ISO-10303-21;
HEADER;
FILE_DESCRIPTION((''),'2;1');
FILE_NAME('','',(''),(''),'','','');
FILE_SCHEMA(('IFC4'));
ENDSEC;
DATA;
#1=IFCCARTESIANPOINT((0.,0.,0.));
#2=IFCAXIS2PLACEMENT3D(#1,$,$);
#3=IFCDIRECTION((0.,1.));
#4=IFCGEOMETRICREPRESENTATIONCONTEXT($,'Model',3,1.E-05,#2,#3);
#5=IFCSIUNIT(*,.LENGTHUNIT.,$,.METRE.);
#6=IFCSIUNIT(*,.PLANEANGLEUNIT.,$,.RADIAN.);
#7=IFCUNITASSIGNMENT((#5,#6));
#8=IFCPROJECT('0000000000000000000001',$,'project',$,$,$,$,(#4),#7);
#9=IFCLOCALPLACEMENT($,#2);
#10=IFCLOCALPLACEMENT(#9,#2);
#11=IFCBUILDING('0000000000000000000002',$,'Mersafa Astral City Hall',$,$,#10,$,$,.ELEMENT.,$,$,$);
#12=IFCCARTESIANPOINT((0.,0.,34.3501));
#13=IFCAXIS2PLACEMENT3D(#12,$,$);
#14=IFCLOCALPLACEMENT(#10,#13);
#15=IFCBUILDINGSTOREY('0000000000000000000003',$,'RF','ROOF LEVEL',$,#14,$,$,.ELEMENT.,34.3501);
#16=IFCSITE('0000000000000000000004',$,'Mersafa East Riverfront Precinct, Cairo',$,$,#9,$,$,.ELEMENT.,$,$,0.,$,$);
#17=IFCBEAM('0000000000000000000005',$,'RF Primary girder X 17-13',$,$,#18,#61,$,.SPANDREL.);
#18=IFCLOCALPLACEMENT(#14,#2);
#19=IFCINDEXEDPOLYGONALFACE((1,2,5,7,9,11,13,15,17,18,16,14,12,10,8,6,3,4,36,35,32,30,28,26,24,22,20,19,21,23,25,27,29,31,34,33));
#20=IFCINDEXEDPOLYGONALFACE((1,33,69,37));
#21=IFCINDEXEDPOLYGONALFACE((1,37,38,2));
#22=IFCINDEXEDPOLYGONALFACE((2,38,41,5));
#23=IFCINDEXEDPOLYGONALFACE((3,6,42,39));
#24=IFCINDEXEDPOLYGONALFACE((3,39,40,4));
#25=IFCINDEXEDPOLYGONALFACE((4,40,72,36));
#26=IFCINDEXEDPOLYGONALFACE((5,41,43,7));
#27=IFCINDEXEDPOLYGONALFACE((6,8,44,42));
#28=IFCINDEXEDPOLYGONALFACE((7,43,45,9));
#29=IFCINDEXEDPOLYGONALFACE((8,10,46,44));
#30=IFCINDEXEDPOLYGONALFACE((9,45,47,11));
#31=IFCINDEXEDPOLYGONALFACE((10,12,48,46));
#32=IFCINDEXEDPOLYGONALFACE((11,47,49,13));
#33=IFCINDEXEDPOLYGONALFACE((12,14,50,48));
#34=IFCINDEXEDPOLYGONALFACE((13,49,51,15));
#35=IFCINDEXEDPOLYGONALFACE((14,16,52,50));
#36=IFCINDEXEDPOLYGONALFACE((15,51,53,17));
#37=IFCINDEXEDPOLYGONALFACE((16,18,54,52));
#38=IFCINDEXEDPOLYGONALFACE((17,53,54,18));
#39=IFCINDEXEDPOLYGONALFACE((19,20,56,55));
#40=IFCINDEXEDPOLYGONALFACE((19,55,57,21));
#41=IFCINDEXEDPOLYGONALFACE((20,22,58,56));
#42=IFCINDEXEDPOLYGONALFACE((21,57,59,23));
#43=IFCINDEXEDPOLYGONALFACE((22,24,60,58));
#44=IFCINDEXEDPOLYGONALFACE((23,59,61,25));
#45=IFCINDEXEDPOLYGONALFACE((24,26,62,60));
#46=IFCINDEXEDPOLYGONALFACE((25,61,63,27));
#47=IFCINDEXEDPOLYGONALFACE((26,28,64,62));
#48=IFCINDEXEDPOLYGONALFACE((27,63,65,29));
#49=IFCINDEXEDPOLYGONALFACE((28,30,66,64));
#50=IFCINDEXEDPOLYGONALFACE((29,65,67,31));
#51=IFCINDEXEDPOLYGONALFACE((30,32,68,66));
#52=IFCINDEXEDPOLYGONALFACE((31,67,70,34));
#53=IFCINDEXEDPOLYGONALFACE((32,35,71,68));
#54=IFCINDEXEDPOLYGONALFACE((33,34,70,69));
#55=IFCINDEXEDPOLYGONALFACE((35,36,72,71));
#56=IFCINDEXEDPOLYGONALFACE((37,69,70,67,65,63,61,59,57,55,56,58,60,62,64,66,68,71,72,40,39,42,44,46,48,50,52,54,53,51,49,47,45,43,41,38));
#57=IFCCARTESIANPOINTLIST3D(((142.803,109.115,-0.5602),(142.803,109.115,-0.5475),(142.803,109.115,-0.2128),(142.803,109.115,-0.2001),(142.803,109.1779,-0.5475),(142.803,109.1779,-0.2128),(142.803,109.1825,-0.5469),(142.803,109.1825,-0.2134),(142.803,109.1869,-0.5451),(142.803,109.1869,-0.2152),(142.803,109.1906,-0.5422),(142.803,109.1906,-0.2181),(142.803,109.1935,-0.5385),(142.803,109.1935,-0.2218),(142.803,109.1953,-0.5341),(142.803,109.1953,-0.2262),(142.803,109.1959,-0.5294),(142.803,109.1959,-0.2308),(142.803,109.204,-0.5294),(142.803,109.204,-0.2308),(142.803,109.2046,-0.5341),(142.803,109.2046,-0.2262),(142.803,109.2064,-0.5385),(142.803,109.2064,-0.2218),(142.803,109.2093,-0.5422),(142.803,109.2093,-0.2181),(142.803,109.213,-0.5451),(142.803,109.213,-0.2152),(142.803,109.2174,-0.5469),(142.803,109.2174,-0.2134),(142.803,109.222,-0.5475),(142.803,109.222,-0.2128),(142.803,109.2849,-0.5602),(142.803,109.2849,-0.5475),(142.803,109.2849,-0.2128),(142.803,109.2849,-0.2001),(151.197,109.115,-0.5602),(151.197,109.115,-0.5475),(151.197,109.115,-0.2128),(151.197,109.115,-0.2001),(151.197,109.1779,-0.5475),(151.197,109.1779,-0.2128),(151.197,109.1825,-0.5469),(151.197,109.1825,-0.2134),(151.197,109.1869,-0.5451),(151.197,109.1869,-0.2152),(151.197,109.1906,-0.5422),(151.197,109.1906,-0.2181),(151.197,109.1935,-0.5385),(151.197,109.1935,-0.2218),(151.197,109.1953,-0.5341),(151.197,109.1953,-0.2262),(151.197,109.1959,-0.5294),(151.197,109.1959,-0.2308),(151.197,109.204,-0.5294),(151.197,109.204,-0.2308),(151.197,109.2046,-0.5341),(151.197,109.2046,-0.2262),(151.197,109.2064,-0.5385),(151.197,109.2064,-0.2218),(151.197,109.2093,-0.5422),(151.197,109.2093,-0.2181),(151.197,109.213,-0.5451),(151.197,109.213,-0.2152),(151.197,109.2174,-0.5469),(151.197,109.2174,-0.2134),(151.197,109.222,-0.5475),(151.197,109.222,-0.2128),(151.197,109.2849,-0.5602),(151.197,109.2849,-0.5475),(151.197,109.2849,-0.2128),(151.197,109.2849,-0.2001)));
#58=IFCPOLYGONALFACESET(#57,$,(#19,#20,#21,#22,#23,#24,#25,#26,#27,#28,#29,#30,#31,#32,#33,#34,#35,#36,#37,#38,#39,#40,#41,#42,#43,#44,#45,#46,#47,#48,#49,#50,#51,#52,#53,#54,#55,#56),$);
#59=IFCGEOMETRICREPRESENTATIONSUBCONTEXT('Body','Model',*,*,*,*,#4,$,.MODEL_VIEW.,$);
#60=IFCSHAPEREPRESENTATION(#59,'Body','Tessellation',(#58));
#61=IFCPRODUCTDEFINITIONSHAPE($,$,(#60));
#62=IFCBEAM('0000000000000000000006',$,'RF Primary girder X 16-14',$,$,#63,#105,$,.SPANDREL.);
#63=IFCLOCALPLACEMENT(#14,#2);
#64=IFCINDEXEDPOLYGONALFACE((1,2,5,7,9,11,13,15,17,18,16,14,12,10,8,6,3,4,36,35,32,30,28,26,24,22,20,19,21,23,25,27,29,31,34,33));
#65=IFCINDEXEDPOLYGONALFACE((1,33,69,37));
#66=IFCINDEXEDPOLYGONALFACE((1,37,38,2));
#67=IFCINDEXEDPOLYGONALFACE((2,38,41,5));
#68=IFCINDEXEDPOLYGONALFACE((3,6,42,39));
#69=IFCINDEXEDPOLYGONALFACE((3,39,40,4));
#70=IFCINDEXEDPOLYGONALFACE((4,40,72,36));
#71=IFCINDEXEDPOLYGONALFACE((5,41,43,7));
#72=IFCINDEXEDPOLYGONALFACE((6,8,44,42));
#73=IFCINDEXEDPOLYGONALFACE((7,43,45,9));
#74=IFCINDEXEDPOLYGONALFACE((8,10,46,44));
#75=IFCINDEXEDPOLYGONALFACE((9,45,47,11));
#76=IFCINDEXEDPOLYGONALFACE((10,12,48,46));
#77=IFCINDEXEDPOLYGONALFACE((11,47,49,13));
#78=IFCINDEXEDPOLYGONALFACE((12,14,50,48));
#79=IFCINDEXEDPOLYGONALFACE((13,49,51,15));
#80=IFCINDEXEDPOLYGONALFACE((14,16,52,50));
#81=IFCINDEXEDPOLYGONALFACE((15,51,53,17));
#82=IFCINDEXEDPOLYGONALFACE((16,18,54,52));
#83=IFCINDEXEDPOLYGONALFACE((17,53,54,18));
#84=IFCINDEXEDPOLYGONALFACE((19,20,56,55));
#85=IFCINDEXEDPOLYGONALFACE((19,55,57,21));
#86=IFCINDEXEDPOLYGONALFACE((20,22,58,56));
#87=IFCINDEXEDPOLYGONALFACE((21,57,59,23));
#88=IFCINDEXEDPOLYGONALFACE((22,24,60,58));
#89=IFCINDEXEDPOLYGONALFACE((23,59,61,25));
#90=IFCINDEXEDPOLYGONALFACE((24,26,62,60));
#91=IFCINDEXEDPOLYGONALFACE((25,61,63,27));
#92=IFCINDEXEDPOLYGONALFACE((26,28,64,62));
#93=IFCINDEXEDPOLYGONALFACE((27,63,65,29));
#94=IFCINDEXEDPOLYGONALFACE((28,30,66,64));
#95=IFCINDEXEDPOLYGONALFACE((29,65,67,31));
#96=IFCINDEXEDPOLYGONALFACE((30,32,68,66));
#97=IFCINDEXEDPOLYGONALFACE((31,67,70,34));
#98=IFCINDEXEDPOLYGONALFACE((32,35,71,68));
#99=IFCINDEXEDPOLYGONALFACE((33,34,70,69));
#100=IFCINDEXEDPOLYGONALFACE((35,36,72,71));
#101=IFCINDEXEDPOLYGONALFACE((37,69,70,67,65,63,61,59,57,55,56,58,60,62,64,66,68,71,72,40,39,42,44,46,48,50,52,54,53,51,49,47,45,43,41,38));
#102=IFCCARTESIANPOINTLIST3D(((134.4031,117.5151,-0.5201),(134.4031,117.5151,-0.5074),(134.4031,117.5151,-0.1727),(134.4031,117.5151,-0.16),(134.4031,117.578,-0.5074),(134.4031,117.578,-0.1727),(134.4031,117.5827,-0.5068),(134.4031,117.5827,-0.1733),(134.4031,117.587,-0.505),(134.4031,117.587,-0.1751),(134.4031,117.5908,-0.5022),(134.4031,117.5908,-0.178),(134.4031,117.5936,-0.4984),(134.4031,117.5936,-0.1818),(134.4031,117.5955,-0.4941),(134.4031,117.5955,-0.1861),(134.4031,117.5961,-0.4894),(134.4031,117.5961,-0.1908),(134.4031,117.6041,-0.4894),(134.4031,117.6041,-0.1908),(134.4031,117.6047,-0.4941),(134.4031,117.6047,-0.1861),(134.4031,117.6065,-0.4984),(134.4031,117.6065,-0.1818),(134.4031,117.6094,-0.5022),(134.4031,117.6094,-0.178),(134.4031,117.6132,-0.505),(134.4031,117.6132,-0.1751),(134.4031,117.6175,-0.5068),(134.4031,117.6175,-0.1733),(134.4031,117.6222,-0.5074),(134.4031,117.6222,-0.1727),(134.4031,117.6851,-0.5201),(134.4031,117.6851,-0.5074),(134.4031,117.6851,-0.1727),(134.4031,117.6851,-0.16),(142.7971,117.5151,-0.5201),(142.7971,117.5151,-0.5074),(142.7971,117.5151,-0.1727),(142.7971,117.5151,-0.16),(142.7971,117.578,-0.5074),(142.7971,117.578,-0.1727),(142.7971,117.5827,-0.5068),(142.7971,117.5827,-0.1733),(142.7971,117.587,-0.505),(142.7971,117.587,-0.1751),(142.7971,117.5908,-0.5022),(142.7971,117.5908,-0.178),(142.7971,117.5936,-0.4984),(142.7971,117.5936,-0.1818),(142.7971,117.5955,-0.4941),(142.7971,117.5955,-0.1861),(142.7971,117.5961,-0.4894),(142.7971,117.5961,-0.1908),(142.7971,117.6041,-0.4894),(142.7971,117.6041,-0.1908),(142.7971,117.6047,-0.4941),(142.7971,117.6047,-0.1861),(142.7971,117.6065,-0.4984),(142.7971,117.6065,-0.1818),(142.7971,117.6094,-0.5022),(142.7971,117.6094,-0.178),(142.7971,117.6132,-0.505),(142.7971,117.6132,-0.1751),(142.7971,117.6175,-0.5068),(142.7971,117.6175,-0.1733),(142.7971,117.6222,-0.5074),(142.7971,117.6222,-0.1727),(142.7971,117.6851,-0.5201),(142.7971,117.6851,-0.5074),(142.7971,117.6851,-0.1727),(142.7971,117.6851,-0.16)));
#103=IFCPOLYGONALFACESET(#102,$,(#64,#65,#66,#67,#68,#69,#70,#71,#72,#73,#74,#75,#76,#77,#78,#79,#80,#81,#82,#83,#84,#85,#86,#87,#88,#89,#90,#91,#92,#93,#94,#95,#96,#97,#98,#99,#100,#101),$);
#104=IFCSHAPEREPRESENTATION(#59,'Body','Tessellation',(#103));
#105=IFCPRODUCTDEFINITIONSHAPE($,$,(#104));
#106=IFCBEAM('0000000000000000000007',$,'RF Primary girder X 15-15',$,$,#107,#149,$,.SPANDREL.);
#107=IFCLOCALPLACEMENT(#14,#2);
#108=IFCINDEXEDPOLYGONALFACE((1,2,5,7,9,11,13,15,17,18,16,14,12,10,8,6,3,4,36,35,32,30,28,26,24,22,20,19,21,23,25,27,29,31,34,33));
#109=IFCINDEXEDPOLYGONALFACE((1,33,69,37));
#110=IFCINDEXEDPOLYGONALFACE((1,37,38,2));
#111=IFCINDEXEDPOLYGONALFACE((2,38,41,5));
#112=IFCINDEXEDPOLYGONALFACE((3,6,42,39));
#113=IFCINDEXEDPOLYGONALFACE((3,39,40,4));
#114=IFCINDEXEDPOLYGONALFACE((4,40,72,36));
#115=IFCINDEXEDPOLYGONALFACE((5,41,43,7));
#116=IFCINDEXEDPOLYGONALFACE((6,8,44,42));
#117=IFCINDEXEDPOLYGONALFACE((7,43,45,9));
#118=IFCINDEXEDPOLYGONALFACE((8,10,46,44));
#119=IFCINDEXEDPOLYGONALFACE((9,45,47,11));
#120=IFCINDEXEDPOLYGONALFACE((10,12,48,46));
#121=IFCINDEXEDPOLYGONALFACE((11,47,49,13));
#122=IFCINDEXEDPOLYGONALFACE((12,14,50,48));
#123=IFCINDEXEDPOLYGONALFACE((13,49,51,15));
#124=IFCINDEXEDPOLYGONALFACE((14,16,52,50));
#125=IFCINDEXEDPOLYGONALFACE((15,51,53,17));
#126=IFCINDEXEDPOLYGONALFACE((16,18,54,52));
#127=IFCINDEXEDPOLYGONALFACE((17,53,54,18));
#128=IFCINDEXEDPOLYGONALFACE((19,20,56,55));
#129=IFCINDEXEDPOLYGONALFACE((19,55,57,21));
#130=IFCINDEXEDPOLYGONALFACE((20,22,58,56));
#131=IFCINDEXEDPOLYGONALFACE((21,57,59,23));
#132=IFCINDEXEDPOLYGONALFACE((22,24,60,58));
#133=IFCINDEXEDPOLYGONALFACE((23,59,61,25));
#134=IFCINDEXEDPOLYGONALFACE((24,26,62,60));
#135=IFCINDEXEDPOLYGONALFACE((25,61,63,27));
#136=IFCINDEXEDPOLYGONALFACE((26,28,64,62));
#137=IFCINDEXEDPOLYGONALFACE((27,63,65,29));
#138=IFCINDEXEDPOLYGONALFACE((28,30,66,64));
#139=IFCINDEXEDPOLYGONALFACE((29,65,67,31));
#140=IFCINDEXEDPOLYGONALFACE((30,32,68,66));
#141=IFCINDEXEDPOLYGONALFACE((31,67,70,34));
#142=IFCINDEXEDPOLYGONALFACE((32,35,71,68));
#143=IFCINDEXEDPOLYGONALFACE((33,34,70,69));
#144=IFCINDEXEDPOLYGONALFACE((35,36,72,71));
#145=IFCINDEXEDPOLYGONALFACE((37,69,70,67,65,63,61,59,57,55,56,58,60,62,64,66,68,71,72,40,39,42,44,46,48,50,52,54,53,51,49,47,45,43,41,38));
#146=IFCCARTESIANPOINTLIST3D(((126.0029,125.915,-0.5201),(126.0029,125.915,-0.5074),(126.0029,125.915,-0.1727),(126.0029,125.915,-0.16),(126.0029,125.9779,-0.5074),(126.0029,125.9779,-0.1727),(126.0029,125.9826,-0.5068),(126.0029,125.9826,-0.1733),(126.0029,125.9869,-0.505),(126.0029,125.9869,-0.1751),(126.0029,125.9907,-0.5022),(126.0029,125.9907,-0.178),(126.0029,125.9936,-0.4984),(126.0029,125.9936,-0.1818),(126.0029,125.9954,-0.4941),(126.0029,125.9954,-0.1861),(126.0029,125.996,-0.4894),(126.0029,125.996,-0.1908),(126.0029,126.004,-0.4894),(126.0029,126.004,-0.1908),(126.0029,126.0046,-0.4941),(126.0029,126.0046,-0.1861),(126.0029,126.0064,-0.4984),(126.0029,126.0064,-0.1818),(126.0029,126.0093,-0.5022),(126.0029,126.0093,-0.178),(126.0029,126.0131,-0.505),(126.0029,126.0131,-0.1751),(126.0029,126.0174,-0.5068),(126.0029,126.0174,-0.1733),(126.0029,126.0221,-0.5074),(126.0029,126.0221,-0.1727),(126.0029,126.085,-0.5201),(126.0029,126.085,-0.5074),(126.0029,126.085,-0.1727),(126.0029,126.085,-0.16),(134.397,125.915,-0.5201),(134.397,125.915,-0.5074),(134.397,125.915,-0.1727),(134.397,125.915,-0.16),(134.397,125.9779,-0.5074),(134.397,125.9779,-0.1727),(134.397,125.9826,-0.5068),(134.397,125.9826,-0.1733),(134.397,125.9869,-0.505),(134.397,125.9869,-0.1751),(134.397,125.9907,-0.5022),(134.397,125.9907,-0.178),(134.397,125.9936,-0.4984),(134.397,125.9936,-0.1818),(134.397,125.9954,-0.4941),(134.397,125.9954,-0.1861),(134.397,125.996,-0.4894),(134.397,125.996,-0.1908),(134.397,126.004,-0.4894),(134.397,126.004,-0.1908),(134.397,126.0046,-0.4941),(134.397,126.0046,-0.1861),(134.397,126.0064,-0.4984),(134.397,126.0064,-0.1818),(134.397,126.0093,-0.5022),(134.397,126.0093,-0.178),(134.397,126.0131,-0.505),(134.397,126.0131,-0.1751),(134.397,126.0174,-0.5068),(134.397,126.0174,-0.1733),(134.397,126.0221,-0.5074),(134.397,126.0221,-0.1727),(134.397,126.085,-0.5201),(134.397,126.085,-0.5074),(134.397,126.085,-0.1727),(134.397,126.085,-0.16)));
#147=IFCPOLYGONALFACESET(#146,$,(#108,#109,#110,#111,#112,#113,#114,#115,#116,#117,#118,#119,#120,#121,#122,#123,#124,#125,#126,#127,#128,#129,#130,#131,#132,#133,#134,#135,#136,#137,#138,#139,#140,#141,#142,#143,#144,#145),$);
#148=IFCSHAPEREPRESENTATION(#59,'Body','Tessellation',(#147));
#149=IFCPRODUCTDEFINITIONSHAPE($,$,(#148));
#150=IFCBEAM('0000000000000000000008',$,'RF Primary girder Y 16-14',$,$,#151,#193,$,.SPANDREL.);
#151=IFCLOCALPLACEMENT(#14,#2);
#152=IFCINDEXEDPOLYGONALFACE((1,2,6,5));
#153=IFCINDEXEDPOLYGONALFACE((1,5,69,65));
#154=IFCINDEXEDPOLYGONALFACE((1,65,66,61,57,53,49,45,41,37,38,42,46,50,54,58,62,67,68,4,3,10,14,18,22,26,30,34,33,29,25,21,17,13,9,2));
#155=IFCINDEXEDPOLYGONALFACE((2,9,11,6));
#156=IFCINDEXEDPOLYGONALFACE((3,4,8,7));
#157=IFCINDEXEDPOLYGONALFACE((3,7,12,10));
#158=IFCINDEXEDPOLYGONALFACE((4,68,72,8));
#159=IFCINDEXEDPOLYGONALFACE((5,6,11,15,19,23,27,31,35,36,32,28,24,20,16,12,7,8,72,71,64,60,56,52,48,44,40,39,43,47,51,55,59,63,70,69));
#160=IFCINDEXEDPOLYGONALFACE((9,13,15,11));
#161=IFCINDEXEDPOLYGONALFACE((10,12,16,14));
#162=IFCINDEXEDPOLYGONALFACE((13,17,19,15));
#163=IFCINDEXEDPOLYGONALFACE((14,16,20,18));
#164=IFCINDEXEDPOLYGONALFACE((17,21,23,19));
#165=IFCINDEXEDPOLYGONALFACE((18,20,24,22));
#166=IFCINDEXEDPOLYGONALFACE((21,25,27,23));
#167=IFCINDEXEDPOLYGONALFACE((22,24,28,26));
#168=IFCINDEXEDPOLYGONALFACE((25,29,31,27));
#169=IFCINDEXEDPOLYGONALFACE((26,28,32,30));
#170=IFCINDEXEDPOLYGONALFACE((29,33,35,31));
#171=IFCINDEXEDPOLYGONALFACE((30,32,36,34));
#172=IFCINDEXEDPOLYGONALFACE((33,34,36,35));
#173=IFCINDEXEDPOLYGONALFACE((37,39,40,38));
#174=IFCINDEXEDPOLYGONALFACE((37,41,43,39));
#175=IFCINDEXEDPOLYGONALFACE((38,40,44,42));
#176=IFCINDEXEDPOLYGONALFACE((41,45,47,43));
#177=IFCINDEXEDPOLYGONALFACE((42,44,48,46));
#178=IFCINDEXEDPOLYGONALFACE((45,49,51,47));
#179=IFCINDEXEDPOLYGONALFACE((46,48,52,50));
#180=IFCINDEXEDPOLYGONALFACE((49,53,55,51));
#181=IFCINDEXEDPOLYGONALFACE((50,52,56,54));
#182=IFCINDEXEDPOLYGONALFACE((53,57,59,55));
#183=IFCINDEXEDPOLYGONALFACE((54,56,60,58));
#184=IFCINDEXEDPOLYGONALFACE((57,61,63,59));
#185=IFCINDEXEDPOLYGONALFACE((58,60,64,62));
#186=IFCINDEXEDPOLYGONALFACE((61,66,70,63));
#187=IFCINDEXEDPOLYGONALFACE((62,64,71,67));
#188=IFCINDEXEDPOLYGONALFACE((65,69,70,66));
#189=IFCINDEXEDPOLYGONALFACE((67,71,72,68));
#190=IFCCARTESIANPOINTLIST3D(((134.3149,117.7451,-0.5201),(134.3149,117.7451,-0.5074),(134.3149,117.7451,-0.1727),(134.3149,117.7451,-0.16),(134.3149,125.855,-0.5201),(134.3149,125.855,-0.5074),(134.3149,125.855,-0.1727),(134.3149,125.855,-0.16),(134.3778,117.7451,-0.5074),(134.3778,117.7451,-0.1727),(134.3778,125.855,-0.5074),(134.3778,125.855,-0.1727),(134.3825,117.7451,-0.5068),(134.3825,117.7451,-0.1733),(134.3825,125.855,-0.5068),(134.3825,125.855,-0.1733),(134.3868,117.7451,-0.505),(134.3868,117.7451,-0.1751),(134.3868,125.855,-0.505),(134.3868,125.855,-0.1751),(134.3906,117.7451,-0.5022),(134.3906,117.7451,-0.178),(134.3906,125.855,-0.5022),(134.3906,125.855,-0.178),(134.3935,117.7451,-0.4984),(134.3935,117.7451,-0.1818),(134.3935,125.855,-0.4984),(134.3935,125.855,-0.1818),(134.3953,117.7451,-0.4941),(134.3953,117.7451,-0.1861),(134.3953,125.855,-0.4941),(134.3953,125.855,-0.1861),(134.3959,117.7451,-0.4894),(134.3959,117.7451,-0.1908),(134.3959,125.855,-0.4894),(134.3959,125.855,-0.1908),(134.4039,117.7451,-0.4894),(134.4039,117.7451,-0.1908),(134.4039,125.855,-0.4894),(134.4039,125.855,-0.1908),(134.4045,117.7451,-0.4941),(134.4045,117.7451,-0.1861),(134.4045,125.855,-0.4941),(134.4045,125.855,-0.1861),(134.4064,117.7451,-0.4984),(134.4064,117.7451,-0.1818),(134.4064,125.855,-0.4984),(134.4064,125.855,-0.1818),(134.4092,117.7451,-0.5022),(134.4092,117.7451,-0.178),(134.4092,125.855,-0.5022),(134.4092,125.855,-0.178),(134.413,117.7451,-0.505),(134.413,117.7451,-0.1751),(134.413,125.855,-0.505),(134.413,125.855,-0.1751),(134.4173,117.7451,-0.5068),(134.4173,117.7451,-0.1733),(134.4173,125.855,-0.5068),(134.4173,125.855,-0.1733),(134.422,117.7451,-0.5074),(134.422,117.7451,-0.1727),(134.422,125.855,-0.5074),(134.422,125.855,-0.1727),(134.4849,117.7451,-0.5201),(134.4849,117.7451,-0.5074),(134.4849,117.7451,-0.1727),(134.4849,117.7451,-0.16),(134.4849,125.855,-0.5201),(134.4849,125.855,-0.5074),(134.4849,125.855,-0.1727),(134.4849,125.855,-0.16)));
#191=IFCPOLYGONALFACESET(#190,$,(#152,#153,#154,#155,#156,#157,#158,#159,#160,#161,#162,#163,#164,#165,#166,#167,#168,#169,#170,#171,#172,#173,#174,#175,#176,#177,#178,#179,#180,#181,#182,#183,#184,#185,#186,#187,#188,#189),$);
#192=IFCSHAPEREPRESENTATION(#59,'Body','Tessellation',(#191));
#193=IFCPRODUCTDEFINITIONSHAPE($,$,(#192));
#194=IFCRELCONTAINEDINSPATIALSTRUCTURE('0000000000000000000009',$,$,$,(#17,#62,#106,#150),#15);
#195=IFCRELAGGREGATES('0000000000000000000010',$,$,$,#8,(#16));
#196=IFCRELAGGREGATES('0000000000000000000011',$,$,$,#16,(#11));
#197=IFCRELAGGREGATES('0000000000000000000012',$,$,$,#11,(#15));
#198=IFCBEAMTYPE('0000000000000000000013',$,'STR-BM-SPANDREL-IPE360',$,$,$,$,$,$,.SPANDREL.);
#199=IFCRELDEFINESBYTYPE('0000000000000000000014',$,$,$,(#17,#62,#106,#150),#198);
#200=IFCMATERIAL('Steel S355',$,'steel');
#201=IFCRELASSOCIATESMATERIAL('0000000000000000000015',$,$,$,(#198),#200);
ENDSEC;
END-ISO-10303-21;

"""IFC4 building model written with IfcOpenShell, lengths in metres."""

from ifc_helpers import new_model, si_unit, direction, frame, origin, origin_2d, place, context, subcontext, project, spatial, i_section, extrude, material, material_profile, profile_set, type_object, element, save


model = new_model("IFC4")

# Units and contexts
model_context = context("Model", 3, precision=1e-05, world=origin(), true_north=direction((0.0, 1.0)))
body_context = subcontext(model_context, "Body", "Model", "MODEL_VIEW")
ifc_project = project(units=[si_unit("LENGTHUNIT", "METRE"), si_unit("PLANEANGLEUNIT", "RADIAN")], contexts=[model_context])

# Site, building, storey
site_placement = place(None, origin())
site = spatial("IfcSite", under=ifc_project, at=site_placement, Name="Mersafa East Riverfront Precinct, Cairo", CompositionType="ELEMENT", RefElevation=0.0)
building_placement = place(site_placement, origin())
building = spatial("IfcBuilding", under=site, at=building_placement, Name="Mersafa Astral City Hall", CompositionType="ELEMENT")
storey_placement = place(building_placement, frame((0.0, 0.0, 34.3501)))
storey = spatial("IfcBuildingStorey", under=building, at=storey_placement, Name="RF", Description="ROOF LEVEL", CompositionType="ELEMENT", Elevation=34.3501)

# Shared definitions
ifc_material = material(Name="Steel S355", Category="steel")

# Beams
ifc_material_profile_1 = material_profile(ifc_material, i_section(OverallWidth=0.1699, OverallDepth=0.3601, WebThickness=0.0081, FlangeThickness=0.0127, FilletRadius=0.0181, at=origin_2d()), Name="IPE 360")
ifc_profile_set_1 = profile_set([ifc_material_profile_1], Name="Steel S355")
beam_type_1 = type_object("IfcBeamType", Name="STR-BM-SPANDREL-IPE360", PredefinedType="SPANDREL", material=ifc_profile_set_1)
for number, where, z_axis, x_axis, name in (
    (1, (142.803, 109.2, -0.3801), (1.0, 0.0, 0.0), (0.0, 1.0, 0.0), "RF Primary girder X 17-13"),
    (2, (134.4031, 117.6001, -0.3401), (1.0, 0.0, 0.0), (0.0, 1.0, 0.0), "RF Primary girder X 16-14"),
    (3, (126.0029, 126.0, -0.3401), (1.0, 0.0, 0.0), (0.0, 1.0, 0.0), "RF Primary girder X 15-15"),
):
    element("IfcBeam", number, at=place(storey_placement, frame(where, z_axis=z_axis, x_axis=x_axis)), inside=storey, type_object=beam_type_1, Name=name, PredefinedType="SPANDREL", context=body_context, shape_type="SweptSolid", body=[
        extrude(i_section(OverallWidth=0.1699, OverallDepth=0.3601, WebThickness=0.0081, FlangeThickness=0.0127, FilletRadius=0.0181, at=origin_2d()), origin(), (0.0, 0.0, 1.0), 8.394),
    ])
beam_1_placement = place(storey_placement, frame((134.3999, 117.7451, -0.3401), z_axis=(0.0, 1.0, 0.0), x_axis=(-1.0, 0.0, 0.0)))
element("IfcBeam", 4, at=beam_1_placement, inside=storey, type_object=beam_type_1, Name="RF Primary girder Y 16-14", PredefinedType="SPANDREL", context=body_context, shape_type="SweptSolid", body=[
    extrude(i_section(OverallWidth=0.1699, OverallDepth=0.3601, WebThickness=0.0081, FlangeThickness=0.0127, FilletRadius=0.0181, at=origin_2d()), origin(), (0.0, 0.0, 1.0), 8.1099),
])

save(model, "model.ifc")
